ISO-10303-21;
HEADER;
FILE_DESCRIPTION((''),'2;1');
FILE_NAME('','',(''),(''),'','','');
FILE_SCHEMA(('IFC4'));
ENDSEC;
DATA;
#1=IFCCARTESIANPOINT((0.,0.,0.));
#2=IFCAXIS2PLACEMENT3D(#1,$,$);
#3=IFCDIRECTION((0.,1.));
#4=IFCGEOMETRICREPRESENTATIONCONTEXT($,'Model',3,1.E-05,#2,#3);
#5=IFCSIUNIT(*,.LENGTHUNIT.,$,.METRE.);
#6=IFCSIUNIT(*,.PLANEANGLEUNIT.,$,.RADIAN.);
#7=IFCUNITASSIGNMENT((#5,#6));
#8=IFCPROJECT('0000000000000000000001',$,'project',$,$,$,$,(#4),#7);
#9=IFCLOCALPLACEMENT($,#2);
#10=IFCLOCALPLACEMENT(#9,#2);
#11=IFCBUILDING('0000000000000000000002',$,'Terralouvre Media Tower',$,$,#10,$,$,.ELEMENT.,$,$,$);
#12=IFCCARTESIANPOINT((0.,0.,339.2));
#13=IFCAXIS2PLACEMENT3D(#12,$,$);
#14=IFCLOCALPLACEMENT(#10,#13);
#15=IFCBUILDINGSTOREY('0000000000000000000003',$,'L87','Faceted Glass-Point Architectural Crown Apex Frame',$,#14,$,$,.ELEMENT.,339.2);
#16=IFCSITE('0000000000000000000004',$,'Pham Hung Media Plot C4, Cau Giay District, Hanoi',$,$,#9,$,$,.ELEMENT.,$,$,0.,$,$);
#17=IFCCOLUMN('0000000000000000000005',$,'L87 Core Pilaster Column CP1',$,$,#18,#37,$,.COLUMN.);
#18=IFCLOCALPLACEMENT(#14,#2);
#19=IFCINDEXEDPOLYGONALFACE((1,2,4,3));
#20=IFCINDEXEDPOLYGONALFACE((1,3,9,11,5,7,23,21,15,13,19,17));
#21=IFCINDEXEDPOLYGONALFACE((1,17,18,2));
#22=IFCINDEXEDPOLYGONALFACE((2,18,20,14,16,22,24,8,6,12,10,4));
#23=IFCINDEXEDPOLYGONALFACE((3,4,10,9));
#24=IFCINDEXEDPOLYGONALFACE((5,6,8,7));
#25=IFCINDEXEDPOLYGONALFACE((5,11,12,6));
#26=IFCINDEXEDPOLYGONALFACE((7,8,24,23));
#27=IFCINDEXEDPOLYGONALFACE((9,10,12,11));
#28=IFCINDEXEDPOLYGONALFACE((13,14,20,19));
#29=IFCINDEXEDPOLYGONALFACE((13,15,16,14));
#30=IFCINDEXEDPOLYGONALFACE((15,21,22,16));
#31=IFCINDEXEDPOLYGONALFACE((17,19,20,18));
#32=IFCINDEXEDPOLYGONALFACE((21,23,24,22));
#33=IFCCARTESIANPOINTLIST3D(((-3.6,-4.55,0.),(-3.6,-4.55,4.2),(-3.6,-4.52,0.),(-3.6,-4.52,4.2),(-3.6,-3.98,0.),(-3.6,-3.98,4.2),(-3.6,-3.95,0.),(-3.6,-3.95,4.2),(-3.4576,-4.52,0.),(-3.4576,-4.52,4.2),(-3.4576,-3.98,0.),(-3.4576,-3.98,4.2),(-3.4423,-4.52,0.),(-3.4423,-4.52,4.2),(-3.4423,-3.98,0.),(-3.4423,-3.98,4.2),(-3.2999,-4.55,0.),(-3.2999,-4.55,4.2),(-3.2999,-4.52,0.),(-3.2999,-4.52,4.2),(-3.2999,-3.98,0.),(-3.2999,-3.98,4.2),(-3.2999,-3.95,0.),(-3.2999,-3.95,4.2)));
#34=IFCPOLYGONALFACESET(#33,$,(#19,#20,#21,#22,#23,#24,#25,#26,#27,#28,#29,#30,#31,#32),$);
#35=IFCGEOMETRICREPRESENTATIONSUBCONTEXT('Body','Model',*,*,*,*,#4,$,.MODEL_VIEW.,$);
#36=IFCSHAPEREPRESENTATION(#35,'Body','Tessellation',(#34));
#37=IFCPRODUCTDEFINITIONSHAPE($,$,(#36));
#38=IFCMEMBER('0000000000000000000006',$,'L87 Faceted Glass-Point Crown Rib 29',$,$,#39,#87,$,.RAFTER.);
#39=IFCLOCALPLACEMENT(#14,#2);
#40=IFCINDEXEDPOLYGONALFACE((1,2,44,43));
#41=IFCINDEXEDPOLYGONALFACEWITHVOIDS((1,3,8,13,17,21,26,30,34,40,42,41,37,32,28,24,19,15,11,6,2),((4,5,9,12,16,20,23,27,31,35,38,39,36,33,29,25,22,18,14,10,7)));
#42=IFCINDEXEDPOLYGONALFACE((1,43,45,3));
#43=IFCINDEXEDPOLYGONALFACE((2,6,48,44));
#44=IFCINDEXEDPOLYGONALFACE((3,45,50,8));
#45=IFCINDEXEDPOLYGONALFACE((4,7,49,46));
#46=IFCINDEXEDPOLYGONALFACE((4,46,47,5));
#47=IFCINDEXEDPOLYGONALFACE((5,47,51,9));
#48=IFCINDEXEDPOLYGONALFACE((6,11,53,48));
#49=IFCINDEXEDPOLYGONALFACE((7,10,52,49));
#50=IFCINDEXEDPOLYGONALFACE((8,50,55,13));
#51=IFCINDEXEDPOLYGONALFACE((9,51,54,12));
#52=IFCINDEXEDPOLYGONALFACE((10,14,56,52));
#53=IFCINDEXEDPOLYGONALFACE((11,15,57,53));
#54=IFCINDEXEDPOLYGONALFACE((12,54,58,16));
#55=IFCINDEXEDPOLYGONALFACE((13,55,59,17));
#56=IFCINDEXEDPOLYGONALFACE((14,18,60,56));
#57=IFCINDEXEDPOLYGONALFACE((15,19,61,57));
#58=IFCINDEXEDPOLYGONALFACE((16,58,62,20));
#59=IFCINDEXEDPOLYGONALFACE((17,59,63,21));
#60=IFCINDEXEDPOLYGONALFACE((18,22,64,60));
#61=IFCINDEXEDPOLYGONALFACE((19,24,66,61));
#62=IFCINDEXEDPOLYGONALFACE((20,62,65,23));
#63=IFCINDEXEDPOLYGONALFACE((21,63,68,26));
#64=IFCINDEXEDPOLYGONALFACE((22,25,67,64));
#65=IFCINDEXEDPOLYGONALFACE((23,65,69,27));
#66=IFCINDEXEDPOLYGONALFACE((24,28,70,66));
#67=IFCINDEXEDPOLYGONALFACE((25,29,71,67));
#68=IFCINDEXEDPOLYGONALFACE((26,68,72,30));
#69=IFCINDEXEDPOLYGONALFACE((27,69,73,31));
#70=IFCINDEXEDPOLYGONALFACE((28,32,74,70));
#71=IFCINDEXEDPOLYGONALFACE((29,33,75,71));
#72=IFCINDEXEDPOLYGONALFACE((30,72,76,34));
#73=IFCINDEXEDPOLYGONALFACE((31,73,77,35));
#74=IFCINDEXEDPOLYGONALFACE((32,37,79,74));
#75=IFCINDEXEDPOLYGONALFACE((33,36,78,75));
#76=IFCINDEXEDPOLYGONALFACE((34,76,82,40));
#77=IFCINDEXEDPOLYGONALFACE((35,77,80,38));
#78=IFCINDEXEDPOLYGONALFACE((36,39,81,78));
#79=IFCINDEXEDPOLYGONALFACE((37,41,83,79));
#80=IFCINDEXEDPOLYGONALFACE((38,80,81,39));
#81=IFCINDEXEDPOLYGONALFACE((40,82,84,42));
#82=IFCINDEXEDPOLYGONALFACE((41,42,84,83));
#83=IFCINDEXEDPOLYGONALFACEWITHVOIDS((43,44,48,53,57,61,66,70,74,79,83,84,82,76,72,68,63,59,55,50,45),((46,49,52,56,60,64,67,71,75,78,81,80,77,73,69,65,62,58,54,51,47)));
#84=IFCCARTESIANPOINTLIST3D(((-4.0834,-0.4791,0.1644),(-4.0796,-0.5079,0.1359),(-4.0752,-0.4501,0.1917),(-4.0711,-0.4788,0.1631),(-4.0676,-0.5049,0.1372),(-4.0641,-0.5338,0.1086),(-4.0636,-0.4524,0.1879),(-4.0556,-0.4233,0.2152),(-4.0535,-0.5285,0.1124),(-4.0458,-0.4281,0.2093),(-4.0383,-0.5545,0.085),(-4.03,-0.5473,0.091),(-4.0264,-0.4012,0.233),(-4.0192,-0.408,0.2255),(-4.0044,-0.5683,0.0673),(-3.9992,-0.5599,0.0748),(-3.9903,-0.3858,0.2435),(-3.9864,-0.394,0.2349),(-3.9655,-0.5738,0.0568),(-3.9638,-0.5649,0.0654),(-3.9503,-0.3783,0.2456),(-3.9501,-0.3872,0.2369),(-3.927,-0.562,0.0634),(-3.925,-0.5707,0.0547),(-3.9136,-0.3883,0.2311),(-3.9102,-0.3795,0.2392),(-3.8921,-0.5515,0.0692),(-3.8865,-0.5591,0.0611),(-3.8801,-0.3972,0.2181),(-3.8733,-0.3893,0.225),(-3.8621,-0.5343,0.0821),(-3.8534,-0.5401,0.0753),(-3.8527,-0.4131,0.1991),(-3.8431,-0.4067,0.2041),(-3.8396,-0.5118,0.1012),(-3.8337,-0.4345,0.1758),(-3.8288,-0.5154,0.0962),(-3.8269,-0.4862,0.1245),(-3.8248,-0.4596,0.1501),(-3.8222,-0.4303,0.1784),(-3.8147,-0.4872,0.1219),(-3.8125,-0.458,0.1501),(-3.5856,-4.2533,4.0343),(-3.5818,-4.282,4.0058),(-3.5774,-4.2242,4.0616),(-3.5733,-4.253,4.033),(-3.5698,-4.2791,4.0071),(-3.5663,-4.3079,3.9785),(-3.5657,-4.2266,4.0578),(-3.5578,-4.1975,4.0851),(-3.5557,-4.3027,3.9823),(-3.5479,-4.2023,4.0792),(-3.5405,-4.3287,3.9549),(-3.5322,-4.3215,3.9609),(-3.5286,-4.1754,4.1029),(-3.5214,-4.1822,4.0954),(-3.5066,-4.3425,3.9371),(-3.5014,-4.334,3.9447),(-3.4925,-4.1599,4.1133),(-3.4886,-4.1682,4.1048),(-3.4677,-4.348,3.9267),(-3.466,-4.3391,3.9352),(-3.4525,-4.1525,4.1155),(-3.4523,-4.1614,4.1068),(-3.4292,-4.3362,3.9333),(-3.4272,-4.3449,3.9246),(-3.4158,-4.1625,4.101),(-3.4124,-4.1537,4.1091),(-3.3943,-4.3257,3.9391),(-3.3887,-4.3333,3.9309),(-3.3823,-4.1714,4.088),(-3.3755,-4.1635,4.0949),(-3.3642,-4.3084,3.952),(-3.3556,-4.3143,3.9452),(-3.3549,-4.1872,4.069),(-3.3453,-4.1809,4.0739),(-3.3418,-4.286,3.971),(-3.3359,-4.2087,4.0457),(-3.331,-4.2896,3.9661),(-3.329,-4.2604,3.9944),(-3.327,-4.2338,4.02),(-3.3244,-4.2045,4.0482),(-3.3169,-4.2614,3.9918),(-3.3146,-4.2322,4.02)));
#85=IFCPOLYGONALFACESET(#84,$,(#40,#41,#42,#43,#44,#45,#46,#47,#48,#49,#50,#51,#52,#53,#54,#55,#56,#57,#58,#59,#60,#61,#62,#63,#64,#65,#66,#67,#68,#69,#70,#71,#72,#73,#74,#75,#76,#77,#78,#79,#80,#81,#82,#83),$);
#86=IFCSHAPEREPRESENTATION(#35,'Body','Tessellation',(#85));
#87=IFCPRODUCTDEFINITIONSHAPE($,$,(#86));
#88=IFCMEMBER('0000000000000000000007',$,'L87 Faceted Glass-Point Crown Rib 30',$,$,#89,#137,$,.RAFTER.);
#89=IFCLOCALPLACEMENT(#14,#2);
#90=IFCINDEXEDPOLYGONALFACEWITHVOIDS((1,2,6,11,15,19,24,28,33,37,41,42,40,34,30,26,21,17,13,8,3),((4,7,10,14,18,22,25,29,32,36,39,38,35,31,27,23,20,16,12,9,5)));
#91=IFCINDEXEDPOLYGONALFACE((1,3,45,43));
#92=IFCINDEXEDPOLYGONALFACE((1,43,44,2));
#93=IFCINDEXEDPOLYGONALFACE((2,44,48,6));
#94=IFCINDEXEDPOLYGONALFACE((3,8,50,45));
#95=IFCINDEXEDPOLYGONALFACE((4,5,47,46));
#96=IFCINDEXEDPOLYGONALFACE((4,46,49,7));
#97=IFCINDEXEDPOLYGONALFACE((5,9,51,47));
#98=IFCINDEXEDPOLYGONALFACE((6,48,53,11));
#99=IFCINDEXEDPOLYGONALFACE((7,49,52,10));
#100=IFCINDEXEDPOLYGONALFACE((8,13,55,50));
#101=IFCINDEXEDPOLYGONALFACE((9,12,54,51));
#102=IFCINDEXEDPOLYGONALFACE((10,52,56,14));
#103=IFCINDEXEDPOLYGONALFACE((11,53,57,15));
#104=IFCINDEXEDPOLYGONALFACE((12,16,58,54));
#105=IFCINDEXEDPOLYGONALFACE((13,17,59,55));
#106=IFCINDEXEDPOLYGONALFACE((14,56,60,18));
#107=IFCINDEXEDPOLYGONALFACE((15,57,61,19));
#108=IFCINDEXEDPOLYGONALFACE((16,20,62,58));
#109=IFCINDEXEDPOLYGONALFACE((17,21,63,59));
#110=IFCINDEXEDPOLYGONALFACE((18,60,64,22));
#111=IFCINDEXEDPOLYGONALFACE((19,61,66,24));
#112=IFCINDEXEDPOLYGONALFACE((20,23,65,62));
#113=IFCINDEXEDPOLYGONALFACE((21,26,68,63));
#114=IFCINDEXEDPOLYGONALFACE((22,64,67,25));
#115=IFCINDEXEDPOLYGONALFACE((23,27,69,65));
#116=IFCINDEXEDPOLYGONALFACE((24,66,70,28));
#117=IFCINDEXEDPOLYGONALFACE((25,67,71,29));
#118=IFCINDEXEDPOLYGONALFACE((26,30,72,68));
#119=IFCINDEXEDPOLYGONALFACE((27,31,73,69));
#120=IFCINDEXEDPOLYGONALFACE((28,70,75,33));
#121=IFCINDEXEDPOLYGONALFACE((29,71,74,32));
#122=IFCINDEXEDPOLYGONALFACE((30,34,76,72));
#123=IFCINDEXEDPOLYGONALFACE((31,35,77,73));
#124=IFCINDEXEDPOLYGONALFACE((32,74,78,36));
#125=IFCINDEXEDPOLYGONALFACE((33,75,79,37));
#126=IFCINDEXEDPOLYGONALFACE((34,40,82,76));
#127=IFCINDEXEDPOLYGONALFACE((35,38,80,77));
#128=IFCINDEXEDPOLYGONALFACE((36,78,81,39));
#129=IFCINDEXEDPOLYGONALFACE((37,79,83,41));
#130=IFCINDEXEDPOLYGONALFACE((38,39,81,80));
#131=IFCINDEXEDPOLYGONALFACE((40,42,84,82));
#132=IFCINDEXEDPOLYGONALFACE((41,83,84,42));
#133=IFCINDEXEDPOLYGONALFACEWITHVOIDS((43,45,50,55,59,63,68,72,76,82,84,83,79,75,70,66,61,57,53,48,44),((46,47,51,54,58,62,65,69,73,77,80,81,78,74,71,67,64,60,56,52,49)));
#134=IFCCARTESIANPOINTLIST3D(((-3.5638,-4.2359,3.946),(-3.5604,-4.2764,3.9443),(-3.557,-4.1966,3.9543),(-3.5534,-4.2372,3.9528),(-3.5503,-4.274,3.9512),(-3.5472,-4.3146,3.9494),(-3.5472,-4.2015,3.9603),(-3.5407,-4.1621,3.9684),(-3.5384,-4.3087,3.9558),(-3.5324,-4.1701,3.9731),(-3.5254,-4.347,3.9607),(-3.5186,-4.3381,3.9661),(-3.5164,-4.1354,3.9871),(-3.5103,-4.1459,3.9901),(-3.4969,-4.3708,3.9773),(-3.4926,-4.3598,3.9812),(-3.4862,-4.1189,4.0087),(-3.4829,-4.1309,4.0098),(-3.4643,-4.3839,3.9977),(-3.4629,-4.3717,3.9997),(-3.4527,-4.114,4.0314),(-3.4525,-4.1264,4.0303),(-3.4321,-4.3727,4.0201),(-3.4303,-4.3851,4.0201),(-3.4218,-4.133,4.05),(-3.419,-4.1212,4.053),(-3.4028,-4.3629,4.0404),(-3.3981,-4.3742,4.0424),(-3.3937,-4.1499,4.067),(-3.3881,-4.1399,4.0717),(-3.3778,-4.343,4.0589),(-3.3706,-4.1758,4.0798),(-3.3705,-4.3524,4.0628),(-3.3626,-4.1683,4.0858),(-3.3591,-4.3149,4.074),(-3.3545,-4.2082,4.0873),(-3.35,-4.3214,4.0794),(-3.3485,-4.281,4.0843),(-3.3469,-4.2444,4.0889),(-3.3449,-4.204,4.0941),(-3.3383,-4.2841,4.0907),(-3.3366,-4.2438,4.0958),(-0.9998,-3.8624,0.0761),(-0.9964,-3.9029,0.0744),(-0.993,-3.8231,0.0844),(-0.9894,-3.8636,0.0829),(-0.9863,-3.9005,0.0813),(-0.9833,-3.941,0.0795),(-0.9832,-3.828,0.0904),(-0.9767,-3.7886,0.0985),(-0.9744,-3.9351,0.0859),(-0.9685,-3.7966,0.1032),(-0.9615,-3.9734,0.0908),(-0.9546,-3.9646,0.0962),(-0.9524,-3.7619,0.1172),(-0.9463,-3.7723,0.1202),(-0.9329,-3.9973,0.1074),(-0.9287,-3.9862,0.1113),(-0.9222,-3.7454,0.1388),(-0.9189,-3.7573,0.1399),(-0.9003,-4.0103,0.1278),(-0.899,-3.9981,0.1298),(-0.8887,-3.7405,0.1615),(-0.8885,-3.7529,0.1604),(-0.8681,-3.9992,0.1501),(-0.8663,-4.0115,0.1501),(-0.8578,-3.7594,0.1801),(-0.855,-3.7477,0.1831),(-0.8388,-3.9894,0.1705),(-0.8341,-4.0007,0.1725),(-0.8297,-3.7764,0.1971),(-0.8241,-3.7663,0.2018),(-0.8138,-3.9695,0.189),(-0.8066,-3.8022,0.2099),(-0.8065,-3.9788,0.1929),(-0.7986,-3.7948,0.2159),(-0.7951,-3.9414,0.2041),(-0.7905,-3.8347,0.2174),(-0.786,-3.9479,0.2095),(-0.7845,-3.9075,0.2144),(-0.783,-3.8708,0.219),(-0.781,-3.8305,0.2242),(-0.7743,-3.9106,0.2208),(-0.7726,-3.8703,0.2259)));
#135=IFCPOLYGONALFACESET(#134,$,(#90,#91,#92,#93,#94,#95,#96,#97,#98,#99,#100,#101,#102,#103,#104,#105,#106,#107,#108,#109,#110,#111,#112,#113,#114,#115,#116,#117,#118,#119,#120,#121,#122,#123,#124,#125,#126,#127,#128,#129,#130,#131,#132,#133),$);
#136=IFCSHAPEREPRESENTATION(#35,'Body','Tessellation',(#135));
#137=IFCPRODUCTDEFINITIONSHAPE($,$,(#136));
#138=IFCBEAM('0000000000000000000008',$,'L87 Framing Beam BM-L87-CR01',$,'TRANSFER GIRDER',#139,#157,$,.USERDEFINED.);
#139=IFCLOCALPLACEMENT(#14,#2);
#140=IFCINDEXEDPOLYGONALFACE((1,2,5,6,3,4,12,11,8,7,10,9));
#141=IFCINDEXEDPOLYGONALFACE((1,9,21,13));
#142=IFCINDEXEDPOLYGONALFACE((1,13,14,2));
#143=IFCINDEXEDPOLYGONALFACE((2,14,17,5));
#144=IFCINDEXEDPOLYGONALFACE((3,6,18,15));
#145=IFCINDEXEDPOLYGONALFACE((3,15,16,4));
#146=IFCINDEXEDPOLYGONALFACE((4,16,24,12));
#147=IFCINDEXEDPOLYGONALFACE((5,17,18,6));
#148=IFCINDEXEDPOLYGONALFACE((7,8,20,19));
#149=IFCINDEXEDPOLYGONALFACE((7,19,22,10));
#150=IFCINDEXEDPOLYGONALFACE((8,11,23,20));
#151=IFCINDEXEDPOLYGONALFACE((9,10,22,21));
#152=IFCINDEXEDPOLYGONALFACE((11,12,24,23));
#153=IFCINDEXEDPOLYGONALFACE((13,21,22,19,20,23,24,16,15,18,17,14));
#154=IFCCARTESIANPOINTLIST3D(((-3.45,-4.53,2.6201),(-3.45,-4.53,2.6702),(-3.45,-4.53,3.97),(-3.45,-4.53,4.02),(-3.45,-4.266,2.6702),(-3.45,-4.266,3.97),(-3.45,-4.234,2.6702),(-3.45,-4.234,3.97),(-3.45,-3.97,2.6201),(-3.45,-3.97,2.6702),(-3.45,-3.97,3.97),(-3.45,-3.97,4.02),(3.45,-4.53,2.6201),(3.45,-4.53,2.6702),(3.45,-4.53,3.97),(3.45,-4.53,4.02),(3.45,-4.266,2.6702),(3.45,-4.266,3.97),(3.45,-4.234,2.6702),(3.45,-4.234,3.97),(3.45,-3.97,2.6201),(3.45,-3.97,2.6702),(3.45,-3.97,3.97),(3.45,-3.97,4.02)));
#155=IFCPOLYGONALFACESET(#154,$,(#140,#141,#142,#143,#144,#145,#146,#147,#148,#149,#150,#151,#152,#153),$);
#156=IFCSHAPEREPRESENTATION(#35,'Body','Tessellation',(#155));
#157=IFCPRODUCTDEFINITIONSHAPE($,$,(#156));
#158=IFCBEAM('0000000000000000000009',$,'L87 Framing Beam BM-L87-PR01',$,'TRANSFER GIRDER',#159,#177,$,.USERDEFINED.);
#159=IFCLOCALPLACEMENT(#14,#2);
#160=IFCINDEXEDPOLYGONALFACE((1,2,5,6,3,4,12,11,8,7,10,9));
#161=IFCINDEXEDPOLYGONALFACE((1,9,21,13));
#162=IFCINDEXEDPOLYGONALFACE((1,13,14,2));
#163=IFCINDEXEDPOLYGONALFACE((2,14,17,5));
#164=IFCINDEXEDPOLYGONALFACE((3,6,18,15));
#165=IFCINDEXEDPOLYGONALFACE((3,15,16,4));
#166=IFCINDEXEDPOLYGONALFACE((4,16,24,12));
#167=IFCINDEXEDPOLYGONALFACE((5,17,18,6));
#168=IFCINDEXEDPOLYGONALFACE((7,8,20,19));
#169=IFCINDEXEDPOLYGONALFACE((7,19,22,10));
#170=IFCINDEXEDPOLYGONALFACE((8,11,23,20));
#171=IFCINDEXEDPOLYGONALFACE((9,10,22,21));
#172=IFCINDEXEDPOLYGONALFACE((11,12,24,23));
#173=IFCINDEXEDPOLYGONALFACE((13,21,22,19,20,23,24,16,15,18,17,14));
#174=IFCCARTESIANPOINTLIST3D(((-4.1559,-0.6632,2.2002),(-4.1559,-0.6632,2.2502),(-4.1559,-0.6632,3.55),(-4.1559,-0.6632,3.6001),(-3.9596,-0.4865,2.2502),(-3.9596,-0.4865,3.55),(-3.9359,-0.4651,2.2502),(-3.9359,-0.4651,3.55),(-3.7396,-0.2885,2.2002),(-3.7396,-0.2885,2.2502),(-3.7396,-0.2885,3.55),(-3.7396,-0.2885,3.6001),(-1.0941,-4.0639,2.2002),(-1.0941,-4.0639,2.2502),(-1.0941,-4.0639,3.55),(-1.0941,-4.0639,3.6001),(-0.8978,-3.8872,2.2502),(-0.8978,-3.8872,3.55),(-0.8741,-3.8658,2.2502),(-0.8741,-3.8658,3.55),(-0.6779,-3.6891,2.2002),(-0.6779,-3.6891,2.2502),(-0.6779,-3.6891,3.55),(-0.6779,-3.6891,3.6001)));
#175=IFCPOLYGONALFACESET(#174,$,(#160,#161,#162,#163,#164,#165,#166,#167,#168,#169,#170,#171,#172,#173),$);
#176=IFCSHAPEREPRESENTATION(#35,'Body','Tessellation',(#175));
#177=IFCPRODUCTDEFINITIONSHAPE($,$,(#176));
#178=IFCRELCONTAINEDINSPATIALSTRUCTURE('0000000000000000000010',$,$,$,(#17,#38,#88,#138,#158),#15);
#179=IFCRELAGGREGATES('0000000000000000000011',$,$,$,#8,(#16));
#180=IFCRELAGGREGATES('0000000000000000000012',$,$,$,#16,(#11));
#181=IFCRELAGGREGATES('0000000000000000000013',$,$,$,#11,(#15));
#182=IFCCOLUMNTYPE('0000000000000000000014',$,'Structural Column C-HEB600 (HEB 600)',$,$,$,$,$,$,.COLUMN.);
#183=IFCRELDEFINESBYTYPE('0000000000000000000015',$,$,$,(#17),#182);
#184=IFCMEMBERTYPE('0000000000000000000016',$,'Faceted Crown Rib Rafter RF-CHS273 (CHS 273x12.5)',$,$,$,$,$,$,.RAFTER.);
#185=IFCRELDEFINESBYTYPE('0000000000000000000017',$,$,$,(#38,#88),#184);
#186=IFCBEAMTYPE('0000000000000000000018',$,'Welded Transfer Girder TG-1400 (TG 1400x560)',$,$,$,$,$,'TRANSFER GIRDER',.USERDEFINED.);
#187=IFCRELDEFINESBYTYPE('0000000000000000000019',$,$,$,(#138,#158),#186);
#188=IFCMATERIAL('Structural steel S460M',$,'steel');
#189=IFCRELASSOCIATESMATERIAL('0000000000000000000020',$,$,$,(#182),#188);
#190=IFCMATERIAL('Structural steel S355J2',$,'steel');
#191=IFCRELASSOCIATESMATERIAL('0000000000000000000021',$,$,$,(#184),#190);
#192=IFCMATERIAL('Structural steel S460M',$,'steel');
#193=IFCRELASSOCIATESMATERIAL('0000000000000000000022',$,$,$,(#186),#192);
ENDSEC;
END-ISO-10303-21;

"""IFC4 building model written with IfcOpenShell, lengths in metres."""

from ifc_helpers import new_model, si_unit, direction, frame, origin, origin_2d, place, context, subcontext, project, spatial, hollow_circle, i_section, extrude, material, material_profile, profile_set, type_object, element, save


model = new_model("IFC4")

# Units and contexts
model_context = context("Model", 3, precision=1e-05, world=origin(), true_north=direction((0.0, 1.0)))
body_context = subcontext(model_context, "Body", "Model", "MODEL_VIEW")
ifc_project = project(units=[si_unit("LENGTHUNIT", "METRE"), si_unit("PLANEANGLEUNIT", "RADIAN")], contexts=[model_context])

# Site, building, storey
site_placement = place(None, origin())
site = spatial("IfcSite", under=ifc_project, at=site_placement, Name="Pham Hung Media Plot C4, Cau Giay District, Hanoi", CompositionType="ELEMENT", RefElevation=0.0)
building_placement = place(site_placement, origin())
building = spatial("IfcBuilding", under=site, at=building_placement, Name="Terralouvre Media Tower", CompositionType="ELEMENT")
storey_placement = place(building_placement, frame((0.0, 0.0, 339.2)))
storey = spatial("IfcBuildingStorey", under=building, at=storey_placement, Name="L87", Description="Faceted Glass-Point Architectural Crown Apex Frame", CompositionType="ELEMENT", Elevation=339.2)

# Column
ifc_material_1 = material(Name="Structural steel S460M", Category="steel")
ifc_material_profile_1 = material_profile(ifc_material_1, i_section(OverallWidth=0.3, OverallDepth=0.6001, WebThickness=0.0154, FlangeThickness=0.03, at=origin_2d()), Name="HEB 600")
ifc_profile_set_1 = profile_set([ifc_material_profile_1], Name="Structural steel S460M")
column_type_1 = type_object("IfcColumnType", Name="Structural Column C-HEB600 (HEB 600)", PredefinedType="COLUMN", material=ifc_profile_set_1)
column_1_placement = place(storey_placement, frame((-3.45, -4.25, 0.0), z_axis=(0.0, 0.0, 1.0), x_axis=(1.0, 0.0, 0.0)))
element("IfcColumn", 1, at=column_1_placement, inside=storey, type_object=column_type_1, Name="L87 Core Pilaster Column CP1", PredefinedType="COLUMN", context=body_context, shape_type="SweptSolid", body=[
    extrude(i_section(OverallWidth=0.3, OverallDepth=0.6001, WebThickness=0.0154, FlangeThickness=0.03, at=origin_2d()), origin(), (0.0, 0.0, 1.0), 4.2),
])

# Members
ifc_material_2 = material(Name="Structural steel S355J2", Category="steel")
ifc_material_profile_2 = material_profile(ifc_material_2, hollow_circle(Radius=0.1365, WallThickness=0.0125, at=origin_2d()), Name="CHS 273x12.5")
ifc_profile_set_2 = profile_set([ifc_material_profile_2], Name="Structural steel S355J2")
member_type = type_object("IfcMemberType", Name="Faceted Crown Rib Rafter RF-CHS273 (CHS 273x12.5)", PredefinedType="RAFTER", material=ifc_profile_set_2)
member_1_placement = place(storey_placement, frame((-3.9478, -0.4758, 0.1501), z_axis=(0.091703, -0.695257, 0.712887), x_axis=(0.991413, 0.130765, 0.0)))
element("IfcMember", 2, at=member_1_placement, inside=storey, type_object=member_type, Name="L87 Faceted Glass-Point Crown Rib 29", PredefinedType="RAFTER", context=body_context, shape_type="SweptSolid", body=[
    extrude(hollow_circle(Radius=0.1365, WallThickness=0.0125, at=origin_2d()), origin(), (0.0, 0.0, 1.0), 5.4285),
])
member_2_placement = place(storey_placement, frame((-0.886, -3.8765, 0.1501), z_axis=(-0.55054, -0.080206, 0.830947), x_axis=(0.144165, -0.989554, 0.0)))
element("IfcMember", 3, at=member_2_placement, inside=storey, type_object=member_type, Name="L87 Faceted Glass-Point Crown Rib 30", PredefinedType="RAFTER", context=body_context, shape_type="SweptSolid", body=[
    extrude(hollow_circle(Radius=0.1365, WallThickness=0.0125, at=origin_2d()), origin(), (0.0, 0.0, 1.0), 4.6572),
])

# Beams
ifc_material_3 = material(Name="Structural steel S460M", Category="steel")
ifc_material_profile_3 = material_profile(ifc_material_3, i_section(OverallWidth=0.5601, OverallDepth=1.3999, WebThickness=0.032, FlangeThickness=0.05, at=origin_2d()), Name="TG 1400x560")
ifc_profile_set_3 = profile_set([ifc_material_profile_3], Name="Structural steel S460M")
beam_type_1 = type_object("IfcBeamType", Name="Welded Transfer Girder TG-1400 (TG 1400x560)", ElementType="TRANSFER GIRDER", PredefinedType="USERDEFINED", material=ifc_profile_set_3)
beam_1_placement = place(storey_placement, frame((-3.45, -4.25, 3.3201), z_axis=(1.0, 0.0, 0.0), x_axis=(0.0, 1.0, 0.0)))
element("IfcBeam", 4, at=beam_1_placement, inside=storey, type_object=beam_type_1, Name="L87 Framing Beam BM-L87-CR01", ObjectType="TRANSFER GIRDER", PredefinedType="USERDEFINED", context=body_context, shape_type="SweptSolid", body=[
    extrude(i_section(OverallWidth=0.5601, OverallDepth=1.3999, WebThickness=0.032, FlangeThickness=0.05, at=origin_2d()), origin(), (0.0, 0.0, 1.0), 6.8999),
])
beam_2_placement = place(storey_placement, frame((-3.9478, -0.4758, 2.9001), z_axis=(0.669109, -0.743164, 0.0), x_axis=(0.743164, 0.669109, 0.0)))
element("IfcBeam", 5, at=beam_2_placement, inside=storey, type_object=beam_type_1, Name="L87 Framing Beam BM-L87-PR01", ObjectType="TRANSFER GIRDER", PredefinedType="USERDEFINED", context=body_context, shape_type="SweptSolid", body=[
    extrude(i_section(OverallWidth=0.5601, OverallDepth=1.3999, WebThickness=0.032, FlangeThickness=0.05, at=origin_2d()), origin(), (0.0, 0.0, 1.0), 4.5759),
])

save(model, "model.ifc")
